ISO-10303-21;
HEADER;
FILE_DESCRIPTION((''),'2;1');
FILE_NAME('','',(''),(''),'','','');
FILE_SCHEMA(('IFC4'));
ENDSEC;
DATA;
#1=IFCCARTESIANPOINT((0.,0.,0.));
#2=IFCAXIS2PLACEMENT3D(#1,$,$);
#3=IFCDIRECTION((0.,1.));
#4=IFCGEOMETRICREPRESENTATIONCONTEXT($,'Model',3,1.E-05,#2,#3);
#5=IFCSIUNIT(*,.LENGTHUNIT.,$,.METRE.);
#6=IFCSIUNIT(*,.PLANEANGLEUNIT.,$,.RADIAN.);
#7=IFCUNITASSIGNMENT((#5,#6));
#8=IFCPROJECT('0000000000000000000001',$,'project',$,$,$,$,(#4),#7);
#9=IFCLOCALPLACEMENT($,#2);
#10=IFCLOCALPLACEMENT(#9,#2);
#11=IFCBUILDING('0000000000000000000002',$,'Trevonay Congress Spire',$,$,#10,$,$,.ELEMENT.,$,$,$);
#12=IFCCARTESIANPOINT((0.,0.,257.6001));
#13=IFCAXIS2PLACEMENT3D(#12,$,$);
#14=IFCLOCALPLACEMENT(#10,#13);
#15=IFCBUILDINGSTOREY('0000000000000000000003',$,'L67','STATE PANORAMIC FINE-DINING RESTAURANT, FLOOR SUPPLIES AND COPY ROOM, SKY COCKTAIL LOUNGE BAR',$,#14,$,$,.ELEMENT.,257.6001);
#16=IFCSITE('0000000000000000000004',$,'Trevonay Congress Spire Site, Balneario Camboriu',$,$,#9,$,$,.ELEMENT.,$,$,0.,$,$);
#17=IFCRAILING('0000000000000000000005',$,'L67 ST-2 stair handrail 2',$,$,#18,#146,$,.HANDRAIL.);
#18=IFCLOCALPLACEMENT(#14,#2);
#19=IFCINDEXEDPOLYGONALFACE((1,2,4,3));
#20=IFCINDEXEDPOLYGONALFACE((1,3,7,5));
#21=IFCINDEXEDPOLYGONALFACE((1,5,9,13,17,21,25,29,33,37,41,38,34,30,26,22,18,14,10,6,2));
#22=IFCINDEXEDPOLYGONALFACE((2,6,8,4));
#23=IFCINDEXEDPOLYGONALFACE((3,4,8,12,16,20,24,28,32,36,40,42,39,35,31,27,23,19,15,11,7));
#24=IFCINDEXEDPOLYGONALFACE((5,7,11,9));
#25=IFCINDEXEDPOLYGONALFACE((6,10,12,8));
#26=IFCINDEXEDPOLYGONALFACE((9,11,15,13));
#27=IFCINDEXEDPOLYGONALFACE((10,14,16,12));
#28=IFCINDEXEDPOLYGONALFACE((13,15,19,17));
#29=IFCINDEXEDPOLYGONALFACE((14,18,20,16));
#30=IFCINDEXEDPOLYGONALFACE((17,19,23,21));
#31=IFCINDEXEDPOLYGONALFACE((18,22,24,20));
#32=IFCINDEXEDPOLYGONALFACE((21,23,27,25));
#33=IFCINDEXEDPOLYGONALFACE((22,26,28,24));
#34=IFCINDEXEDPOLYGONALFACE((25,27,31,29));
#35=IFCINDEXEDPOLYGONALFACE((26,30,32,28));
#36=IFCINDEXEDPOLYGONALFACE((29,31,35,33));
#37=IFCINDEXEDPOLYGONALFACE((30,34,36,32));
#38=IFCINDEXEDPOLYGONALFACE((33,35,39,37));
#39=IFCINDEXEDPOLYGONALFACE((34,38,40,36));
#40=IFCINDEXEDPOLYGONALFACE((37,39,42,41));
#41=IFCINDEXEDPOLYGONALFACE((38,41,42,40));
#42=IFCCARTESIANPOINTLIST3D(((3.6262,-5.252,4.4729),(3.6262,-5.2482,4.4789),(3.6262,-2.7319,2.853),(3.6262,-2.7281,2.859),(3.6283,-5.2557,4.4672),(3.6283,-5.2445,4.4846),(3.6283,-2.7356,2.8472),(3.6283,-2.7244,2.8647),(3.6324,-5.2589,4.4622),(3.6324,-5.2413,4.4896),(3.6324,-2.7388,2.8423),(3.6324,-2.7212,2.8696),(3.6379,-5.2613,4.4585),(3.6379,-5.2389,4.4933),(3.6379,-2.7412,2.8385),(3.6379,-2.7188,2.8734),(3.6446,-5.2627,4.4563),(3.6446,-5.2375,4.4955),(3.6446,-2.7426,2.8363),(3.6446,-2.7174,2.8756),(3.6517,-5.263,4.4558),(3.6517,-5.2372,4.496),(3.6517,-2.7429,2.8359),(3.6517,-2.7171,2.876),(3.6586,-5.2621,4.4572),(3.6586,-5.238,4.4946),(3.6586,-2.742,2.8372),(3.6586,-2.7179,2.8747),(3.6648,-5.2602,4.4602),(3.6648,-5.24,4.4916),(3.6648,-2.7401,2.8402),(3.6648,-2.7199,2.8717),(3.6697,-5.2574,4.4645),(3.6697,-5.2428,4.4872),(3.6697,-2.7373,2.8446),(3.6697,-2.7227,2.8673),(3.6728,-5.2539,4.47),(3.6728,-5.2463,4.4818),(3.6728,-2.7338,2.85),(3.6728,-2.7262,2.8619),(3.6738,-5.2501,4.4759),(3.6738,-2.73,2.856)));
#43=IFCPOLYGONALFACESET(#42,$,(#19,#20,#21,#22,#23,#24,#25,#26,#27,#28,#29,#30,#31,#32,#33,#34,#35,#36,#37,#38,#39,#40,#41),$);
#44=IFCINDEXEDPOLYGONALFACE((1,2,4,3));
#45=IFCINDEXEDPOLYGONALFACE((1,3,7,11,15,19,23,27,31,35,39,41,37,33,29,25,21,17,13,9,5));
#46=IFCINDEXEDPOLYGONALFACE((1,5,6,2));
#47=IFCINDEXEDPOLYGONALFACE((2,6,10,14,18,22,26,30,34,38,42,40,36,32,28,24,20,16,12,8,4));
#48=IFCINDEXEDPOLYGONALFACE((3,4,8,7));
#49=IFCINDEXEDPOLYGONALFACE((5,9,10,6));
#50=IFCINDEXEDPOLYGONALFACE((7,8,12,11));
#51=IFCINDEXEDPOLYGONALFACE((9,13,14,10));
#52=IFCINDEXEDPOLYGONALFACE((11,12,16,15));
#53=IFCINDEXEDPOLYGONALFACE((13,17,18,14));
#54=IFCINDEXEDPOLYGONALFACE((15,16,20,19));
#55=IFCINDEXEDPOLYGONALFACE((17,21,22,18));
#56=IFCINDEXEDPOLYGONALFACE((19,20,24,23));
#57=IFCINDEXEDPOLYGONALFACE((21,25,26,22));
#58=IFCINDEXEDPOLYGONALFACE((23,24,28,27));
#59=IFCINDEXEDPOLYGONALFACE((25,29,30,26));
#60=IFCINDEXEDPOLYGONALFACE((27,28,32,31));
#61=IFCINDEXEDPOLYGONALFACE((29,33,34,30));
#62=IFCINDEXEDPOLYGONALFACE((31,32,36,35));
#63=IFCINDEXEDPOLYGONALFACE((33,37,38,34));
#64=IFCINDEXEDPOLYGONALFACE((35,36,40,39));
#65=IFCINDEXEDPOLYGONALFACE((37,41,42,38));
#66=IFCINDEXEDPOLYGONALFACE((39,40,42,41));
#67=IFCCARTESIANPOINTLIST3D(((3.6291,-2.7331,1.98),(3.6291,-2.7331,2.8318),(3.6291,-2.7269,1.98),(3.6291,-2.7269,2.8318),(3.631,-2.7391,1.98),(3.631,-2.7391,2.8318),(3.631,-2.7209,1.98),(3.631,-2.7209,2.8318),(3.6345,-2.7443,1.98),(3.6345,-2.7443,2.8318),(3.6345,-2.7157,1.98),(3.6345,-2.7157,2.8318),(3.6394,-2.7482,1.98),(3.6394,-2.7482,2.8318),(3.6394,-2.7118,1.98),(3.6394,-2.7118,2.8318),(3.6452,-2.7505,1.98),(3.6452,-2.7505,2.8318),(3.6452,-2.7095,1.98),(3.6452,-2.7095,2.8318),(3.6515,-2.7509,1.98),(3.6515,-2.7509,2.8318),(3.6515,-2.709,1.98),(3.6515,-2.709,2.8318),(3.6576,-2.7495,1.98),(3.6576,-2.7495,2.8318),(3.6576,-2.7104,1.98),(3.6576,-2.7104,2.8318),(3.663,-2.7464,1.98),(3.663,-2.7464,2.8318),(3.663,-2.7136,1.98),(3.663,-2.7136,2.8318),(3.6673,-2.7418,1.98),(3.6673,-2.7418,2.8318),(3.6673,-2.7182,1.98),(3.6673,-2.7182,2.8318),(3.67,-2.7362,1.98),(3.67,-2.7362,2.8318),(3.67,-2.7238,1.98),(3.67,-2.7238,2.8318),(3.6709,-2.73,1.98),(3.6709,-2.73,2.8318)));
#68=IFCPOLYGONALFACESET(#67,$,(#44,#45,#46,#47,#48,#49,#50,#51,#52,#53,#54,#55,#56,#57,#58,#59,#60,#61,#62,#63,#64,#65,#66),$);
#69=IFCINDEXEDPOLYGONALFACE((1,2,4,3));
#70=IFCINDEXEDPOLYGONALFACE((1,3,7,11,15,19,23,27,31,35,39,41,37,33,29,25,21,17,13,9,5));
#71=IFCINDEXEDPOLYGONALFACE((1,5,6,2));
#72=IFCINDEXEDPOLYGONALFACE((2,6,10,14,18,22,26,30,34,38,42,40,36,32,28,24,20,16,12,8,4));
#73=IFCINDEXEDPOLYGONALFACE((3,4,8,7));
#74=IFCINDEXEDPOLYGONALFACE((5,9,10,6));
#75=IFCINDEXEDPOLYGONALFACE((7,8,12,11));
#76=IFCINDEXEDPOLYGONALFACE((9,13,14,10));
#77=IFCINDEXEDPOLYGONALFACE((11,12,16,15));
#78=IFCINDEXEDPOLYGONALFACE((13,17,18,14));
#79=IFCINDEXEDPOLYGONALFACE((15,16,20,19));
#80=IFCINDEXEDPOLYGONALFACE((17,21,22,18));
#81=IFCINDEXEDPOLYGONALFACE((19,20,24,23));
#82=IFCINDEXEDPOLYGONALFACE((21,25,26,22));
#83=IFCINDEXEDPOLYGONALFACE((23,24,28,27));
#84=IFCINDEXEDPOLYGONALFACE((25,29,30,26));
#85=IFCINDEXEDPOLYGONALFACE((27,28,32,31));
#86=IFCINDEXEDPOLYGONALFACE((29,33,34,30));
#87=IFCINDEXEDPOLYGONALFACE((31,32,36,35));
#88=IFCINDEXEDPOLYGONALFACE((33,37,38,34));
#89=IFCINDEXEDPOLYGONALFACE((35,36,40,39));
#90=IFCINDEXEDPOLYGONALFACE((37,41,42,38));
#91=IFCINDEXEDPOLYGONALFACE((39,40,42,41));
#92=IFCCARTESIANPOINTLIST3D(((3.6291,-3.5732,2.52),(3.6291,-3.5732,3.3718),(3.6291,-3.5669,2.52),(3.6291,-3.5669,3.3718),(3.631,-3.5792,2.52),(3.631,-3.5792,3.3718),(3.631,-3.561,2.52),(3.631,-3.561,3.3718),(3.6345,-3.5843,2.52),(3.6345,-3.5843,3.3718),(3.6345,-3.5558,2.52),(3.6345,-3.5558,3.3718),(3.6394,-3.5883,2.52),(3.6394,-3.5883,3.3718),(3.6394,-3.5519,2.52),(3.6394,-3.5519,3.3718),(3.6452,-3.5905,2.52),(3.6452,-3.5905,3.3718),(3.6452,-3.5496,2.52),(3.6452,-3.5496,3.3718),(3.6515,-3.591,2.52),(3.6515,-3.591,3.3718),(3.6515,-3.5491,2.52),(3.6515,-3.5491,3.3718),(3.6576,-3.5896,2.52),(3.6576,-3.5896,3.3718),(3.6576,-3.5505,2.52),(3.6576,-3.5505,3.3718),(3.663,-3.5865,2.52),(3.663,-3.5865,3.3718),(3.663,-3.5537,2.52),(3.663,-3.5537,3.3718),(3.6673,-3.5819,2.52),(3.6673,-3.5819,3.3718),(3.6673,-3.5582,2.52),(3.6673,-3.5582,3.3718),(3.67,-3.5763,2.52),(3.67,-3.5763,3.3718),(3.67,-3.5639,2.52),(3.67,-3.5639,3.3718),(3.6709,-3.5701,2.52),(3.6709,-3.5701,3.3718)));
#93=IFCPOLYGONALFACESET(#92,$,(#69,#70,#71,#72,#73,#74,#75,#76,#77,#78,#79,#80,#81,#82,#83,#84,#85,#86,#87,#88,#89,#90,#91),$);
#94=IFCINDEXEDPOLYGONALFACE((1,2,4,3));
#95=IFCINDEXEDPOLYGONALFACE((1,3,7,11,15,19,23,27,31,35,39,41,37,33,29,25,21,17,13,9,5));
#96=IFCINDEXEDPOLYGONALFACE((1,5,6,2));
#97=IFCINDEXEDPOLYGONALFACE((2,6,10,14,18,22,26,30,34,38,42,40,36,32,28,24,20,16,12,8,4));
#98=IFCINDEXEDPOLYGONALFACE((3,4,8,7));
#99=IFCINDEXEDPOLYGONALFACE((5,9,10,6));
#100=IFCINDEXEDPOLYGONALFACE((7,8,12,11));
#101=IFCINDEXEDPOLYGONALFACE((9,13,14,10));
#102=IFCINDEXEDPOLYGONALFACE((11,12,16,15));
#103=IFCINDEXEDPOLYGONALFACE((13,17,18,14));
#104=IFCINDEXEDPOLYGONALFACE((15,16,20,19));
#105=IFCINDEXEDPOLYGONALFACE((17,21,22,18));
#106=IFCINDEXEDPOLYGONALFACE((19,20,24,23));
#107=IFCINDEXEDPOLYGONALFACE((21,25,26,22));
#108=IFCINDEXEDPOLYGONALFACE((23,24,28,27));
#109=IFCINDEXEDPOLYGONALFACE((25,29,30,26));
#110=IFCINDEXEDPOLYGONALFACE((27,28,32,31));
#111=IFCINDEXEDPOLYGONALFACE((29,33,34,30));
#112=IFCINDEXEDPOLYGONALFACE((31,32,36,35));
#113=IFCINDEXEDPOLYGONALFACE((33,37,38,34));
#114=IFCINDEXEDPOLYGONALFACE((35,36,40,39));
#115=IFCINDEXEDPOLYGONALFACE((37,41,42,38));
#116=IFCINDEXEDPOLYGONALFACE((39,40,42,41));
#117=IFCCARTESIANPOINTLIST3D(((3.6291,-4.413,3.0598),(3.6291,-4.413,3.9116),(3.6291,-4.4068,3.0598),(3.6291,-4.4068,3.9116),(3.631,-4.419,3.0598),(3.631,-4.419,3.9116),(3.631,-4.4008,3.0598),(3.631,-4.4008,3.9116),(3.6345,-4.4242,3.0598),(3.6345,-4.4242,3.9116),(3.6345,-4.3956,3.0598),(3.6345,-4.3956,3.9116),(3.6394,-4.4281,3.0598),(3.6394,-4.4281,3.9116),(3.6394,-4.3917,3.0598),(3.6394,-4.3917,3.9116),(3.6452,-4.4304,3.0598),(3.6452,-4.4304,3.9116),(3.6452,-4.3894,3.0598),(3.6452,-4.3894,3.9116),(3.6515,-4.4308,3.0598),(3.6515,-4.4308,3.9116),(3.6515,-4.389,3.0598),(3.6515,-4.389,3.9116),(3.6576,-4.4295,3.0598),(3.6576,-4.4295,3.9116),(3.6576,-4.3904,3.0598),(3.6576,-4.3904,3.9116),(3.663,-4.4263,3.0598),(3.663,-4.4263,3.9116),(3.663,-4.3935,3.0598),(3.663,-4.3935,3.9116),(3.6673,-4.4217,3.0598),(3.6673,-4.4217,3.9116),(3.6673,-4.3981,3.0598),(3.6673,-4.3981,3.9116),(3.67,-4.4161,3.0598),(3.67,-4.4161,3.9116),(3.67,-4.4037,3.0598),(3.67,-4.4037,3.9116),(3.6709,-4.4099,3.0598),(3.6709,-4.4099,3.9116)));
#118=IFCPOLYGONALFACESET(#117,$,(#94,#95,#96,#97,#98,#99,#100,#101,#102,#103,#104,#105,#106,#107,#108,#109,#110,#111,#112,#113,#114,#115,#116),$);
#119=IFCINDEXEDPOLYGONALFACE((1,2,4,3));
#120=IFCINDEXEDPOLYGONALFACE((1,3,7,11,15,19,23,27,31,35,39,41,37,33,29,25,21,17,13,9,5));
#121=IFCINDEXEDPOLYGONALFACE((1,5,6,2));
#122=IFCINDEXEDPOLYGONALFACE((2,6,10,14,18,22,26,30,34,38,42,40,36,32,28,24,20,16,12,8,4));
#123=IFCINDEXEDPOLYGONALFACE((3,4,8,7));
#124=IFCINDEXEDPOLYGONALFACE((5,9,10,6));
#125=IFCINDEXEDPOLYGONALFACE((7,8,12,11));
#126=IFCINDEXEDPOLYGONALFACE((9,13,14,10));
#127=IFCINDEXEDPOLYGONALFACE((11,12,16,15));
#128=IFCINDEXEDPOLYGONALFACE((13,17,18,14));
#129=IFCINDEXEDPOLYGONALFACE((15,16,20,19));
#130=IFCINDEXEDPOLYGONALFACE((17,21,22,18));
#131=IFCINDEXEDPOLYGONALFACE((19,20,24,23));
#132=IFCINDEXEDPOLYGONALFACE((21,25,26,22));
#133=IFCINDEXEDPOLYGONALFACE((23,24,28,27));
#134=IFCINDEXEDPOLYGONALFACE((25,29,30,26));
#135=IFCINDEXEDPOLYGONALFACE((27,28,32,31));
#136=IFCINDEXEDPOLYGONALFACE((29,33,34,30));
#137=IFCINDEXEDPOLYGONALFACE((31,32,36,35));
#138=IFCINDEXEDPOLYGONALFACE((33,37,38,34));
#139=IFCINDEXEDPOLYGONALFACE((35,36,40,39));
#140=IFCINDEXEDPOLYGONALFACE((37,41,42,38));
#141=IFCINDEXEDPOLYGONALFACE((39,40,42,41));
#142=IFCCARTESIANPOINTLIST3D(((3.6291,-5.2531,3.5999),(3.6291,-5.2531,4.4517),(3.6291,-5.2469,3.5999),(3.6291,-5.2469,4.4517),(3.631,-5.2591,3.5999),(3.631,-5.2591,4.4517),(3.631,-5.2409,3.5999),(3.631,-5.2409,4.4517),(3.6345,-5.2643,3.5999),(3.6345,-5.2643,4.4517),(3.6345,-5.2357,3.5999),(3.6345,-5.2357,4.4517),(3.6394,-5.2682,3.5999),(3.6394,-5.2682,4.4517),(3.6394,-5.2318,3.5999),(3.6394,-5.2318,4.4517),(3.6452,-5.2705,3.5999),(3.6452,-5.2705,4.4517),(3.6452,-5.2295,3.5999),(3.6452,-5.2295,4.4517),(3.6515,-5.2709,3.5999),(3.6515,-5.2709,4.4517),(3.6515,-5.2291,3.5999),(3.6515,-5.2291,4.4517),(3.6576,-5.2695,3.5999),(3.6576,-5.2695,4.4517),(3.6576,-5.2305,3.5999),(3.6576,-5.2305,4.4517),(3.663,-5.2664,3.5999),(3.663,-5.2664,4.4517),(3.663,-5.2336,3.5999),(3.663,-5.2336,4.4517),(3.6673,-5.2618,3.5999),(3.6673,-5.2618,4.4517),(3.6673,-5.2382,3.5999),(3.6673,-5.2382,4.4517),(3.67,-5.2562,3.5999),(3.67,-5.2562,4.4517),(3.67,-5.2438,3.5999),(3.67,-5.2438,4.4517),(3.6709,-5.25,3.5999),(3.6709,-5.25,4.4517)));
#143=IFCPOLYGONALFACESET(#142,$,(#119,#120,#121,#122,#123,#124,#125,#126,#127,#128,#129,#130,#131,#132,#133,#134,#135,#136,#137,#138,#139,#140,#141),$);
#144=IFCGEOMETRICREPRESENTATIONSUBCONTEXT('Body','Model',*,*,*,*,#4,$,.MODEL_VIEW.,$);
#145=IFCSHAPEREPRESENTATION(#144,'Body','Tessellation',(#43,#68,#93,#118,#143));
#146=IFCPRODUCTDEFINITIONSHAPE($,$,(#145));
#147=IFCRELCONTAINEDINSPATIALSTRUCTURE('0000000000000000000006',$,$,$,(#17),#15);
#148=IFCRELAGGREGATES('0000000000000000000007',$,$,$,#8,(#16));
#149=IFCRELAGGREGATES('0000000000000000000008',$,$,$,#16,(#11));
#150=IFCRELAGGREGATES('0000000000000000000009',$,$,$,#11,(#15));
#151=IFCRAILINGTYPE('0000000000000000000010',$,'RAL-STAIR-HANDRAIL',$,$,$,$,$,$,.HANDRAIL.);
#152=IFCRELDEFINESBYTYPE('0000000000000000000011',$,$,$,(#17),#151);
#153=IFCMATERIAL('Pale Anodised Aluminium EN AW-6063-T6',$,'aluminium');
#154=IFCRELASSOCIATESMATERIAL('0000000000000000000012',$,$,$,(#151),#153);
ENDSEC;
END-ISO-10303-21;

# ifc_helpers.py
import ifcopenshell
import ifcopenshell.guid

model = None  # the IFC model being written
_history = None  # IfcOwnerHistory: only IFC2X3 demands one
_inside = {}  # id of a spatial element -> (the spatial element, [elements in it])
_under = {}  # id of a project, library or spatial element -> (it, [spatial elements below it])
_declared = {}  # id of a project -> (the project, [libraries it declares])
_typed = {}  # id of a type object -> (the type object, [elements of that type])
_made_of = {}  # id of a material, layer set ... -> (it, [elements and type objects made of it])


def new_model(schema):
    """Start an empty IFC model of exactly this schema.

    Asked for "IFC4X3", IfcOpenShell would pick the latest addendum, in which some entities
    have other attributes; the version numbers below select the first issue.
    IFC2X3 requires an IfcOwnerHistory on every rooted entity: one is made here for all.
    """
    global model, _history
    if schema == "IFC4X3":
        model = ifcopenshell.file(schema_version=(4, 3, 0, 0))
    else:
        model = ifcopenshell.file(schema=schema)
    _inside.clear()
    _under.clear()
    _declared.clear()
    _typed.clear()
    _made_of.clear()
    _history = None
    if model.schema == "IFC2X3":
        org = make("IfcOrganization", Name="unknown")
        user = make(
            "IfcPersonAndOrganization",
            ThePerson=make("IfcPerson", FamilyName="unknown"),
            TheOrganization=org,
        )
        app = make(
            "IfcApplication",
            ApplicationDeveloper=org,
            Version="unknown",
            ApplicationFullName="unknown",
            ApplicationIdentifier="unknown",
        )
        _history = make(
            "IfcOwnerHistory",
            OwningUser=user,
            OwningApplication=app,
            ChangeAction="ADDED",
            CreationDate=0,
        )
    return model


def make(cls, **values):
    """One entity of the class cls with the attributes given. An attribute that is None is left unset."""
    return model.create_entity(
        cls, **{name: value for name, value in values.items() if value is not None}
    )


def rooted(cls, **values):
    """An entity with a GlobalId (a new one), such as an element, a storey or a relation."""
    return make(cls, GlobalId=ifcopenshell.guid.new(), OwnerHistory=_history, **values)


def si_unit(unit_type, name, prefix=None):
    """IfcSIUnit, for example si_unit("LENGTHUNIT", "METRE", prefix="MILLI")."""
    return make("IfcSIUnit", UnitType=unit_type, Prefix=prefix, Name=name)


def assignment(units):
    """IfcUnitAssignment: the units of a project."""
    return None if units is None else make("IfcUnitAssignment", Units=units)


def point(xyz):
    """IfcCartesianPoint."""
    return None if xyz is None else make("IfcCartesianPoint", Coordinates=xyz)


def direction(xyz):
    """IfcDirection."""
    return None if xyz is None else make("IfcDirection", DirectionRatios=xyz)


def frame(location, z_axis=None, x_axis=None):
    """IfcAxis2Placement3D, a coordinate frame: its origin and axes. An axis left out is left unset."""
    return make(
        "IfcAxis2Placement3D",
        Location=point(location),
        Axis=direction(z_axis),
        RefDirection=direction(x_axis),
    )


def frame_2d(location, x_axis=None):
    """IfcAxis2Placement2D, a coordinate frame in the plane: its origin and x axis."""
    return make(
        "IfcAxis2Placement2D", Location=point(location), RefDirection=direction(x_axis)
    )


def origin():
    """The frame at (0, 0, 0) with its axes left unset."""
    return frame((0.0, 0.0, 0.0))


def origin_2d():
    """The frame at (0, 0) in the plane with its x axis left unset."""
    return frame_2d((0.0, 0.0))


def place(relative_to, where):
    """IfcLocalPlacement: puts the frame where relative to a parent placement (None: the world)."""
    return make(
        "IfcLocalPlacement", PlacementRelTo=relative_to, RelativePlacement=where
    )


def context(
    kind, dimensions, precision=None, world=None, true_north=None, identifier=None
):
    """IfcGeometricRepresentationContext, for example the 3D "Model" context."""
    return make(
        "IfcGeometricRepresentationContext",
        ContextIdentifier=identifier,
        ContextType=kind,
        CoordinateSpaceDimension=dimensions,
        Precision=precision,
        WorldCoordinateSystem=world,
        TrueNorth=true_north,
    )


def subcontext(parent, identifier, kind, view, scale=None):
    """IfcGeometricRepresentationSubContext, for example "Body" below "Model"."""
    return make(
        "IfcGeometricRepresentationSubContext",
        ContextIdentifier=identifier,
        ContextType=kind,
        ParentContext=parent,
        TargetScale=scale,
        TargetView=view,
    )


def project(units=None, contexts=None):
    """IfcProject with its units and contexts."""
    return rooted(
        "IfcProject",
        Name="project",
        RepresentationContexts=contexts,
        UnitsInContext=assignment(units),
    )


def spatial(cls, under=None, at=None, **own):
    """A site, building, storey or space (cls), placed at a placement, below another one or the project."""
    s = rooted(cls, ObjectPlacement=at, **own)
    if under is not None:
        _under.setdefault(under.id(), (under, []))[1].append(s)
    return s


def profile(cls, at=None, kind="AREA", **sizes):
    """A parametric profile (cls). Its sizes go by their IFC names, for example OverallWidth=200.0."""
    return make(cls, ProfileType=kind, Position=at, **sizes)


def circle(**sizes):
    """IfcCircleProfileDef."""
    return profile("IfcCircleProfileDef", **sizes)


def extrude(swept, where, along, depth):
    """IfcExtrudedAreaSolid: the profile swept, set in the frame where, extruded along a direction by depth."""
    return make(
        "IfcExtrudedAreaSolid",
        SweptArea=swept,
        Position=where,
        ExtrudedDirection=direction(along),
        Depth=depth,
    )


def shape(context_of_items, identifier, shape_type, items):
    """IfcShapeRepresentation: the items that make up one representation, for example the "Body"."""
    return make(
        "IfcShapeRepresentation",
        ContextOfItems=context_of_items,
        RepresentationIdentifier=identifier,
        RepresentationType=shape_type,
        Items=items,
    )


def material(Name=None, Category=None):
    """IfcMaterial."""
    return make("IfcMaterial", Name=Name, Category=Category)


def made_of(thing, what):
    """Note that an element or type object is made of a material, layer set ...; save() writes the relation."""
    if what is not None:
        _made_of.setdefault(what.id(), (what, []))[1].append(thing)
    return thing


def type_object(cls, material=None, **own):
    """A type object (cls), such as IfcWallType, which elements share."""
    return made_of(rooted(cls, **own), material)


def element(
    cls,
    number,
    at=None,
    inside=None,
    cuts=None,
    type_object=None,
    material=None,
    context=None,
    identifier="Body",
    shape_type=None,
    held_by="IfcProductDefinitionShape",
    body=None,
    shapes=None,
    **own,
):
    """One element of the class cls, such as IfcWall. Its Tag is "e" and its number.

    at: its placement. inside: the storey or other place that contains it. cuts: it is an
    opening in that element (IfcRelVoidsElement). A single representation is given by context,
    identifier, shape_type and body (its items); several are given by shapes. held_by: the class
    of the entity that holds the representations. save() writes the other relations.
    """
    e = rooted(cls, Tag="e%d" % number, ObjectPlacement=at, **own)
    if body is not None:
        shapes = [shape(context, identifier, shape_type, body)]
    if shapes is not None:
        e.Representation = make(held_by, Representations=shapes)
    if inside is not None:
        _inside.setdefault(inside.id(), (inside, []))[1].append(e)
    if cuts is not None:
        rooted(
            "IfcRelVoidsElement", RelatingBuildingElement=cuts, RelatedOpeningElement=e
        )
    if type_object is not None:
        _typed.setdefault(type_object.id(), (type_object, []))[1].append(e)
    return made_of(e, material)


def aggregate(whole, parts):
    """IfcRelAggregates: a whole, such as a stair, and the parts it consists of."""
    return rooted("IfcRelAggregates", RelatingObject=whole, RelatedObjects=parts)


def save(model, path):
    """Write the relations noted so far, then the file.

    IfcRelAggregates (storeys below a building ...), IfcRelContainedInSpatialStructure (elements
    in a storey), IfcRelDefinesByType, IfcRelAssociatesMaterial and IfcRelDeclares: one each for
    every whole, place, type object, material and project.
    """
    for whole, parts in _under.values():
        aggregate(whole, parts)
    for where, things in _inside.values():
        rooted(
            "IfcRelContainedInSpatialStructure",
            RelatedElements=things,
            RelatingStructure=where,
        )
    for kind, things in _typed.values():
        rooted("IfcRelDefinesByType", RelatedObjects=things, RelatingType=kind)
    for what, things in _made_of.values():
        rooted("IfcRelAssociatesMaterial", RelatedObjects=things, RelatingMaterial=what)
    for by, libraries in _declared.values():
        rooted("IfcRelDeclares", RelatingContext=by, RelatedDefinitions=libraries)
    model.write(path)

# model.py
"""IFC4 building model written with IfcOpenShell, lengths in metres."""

from ifc_helpers import new_model, si_unit, direction, frame, origin, origin_2d, place, context, subcontext, project, spatial, circle, extrude, material, type_object, element, save


model = new_model("IFC4")

# Units and contexts
model_context = context("Model", 3, precision=1e-05, world=origin(), true_north=direction((0.0, 1.0)))
body_context = subcontext(model_context, "Body", "Model", "MODEL_VIEW")
ifc_project = project(units=[si_unit("LENGTHUNIT", "METRE"), si_unit("PLANEANGLEUNIT", "RADIAN")], contexts=[model_context])

# Site, building, storey
site_placement = place(None, origin())
site = spatial("IfcSite", under=ifc_project, at=site_placement, Name="Trevonay Congress Spire Site, Balneario Camboriu", CompositionType="ELEMENT", RefElevation=0.0)
building_placement = place(site_placement, origin())
building = spatial("IfcBuilding", under=site, at=building_placement, Name="Trevonay Congress Spire", CompositionType="ELEMENT")
storey_placement = place(building_placement, frame((0.0, 0.0, 257.6001)))
storey = spatial("IfcBuildingStorey", under=building, at=storey_placement, Name="L67", Description="STATE PANORAMIC FINE-DINING RESTAURANT, FLOOR SUPPLIES AND COPY ROOM, SKY COCKTAIL LOUNGE BAR", CompositionType="ELEMENT", Elevation=257.6001)

# Shared definitions
ifc_material_1 = material(Name="Pale Anodised Aluminium EN AW-6063-T6", Category="aluminium")

# Railing
railing_type_1 = type_object("IfcRailingType", Name="RAL-STAIR-HANDRAIL", PredefinedType="HANDRAIL", material=ifc_material_1)
railing_1_placement = place(storey_placement, frame((3.6499, -2.73, 1.98)))
element("IfcRailing", 1, at=railing_1_placement, inside=storey, type_object=railing_type_1, Name="L67 ST-2 stair handrail 2", PredefinedType="HANDRAIL", context=body_context, shape_type="SweptSolid", body=[
    extrude(circle(Radius=0.0239, at=origin_2d()), frame((0.0, 0.0, 0.876), z_axis=(0.0, -0.8412, 0.540725), x_axis=(1.0, 0.0, 0.0)), (0.0, 0.0, 1.0), 2.9958),
    extrude(circle(Radius=0.021, at=origin_2d()), origin(), (0.0, 0.0, 1.0), 0.8518),
    extrude(circle(Radius=0.021, at=origin_2d()), frame((0.0, -0.8401, 0.54)), (0.0, 0.0, 1.0), 0.8518),
    extrude(circle(Radius=0.021, at=origin_2d()), frame((0.0, -1.6799, 1.0798)), (0.0, 0.0, 1.0), 0.8518),
    extrude(circle(Radius=0.021, at=origin_2d()), frame((0.0, -2.52, 1.6199)), (0.0, 0.0, 1.0), 0.8518),
])

save(model, "model.ifc")
